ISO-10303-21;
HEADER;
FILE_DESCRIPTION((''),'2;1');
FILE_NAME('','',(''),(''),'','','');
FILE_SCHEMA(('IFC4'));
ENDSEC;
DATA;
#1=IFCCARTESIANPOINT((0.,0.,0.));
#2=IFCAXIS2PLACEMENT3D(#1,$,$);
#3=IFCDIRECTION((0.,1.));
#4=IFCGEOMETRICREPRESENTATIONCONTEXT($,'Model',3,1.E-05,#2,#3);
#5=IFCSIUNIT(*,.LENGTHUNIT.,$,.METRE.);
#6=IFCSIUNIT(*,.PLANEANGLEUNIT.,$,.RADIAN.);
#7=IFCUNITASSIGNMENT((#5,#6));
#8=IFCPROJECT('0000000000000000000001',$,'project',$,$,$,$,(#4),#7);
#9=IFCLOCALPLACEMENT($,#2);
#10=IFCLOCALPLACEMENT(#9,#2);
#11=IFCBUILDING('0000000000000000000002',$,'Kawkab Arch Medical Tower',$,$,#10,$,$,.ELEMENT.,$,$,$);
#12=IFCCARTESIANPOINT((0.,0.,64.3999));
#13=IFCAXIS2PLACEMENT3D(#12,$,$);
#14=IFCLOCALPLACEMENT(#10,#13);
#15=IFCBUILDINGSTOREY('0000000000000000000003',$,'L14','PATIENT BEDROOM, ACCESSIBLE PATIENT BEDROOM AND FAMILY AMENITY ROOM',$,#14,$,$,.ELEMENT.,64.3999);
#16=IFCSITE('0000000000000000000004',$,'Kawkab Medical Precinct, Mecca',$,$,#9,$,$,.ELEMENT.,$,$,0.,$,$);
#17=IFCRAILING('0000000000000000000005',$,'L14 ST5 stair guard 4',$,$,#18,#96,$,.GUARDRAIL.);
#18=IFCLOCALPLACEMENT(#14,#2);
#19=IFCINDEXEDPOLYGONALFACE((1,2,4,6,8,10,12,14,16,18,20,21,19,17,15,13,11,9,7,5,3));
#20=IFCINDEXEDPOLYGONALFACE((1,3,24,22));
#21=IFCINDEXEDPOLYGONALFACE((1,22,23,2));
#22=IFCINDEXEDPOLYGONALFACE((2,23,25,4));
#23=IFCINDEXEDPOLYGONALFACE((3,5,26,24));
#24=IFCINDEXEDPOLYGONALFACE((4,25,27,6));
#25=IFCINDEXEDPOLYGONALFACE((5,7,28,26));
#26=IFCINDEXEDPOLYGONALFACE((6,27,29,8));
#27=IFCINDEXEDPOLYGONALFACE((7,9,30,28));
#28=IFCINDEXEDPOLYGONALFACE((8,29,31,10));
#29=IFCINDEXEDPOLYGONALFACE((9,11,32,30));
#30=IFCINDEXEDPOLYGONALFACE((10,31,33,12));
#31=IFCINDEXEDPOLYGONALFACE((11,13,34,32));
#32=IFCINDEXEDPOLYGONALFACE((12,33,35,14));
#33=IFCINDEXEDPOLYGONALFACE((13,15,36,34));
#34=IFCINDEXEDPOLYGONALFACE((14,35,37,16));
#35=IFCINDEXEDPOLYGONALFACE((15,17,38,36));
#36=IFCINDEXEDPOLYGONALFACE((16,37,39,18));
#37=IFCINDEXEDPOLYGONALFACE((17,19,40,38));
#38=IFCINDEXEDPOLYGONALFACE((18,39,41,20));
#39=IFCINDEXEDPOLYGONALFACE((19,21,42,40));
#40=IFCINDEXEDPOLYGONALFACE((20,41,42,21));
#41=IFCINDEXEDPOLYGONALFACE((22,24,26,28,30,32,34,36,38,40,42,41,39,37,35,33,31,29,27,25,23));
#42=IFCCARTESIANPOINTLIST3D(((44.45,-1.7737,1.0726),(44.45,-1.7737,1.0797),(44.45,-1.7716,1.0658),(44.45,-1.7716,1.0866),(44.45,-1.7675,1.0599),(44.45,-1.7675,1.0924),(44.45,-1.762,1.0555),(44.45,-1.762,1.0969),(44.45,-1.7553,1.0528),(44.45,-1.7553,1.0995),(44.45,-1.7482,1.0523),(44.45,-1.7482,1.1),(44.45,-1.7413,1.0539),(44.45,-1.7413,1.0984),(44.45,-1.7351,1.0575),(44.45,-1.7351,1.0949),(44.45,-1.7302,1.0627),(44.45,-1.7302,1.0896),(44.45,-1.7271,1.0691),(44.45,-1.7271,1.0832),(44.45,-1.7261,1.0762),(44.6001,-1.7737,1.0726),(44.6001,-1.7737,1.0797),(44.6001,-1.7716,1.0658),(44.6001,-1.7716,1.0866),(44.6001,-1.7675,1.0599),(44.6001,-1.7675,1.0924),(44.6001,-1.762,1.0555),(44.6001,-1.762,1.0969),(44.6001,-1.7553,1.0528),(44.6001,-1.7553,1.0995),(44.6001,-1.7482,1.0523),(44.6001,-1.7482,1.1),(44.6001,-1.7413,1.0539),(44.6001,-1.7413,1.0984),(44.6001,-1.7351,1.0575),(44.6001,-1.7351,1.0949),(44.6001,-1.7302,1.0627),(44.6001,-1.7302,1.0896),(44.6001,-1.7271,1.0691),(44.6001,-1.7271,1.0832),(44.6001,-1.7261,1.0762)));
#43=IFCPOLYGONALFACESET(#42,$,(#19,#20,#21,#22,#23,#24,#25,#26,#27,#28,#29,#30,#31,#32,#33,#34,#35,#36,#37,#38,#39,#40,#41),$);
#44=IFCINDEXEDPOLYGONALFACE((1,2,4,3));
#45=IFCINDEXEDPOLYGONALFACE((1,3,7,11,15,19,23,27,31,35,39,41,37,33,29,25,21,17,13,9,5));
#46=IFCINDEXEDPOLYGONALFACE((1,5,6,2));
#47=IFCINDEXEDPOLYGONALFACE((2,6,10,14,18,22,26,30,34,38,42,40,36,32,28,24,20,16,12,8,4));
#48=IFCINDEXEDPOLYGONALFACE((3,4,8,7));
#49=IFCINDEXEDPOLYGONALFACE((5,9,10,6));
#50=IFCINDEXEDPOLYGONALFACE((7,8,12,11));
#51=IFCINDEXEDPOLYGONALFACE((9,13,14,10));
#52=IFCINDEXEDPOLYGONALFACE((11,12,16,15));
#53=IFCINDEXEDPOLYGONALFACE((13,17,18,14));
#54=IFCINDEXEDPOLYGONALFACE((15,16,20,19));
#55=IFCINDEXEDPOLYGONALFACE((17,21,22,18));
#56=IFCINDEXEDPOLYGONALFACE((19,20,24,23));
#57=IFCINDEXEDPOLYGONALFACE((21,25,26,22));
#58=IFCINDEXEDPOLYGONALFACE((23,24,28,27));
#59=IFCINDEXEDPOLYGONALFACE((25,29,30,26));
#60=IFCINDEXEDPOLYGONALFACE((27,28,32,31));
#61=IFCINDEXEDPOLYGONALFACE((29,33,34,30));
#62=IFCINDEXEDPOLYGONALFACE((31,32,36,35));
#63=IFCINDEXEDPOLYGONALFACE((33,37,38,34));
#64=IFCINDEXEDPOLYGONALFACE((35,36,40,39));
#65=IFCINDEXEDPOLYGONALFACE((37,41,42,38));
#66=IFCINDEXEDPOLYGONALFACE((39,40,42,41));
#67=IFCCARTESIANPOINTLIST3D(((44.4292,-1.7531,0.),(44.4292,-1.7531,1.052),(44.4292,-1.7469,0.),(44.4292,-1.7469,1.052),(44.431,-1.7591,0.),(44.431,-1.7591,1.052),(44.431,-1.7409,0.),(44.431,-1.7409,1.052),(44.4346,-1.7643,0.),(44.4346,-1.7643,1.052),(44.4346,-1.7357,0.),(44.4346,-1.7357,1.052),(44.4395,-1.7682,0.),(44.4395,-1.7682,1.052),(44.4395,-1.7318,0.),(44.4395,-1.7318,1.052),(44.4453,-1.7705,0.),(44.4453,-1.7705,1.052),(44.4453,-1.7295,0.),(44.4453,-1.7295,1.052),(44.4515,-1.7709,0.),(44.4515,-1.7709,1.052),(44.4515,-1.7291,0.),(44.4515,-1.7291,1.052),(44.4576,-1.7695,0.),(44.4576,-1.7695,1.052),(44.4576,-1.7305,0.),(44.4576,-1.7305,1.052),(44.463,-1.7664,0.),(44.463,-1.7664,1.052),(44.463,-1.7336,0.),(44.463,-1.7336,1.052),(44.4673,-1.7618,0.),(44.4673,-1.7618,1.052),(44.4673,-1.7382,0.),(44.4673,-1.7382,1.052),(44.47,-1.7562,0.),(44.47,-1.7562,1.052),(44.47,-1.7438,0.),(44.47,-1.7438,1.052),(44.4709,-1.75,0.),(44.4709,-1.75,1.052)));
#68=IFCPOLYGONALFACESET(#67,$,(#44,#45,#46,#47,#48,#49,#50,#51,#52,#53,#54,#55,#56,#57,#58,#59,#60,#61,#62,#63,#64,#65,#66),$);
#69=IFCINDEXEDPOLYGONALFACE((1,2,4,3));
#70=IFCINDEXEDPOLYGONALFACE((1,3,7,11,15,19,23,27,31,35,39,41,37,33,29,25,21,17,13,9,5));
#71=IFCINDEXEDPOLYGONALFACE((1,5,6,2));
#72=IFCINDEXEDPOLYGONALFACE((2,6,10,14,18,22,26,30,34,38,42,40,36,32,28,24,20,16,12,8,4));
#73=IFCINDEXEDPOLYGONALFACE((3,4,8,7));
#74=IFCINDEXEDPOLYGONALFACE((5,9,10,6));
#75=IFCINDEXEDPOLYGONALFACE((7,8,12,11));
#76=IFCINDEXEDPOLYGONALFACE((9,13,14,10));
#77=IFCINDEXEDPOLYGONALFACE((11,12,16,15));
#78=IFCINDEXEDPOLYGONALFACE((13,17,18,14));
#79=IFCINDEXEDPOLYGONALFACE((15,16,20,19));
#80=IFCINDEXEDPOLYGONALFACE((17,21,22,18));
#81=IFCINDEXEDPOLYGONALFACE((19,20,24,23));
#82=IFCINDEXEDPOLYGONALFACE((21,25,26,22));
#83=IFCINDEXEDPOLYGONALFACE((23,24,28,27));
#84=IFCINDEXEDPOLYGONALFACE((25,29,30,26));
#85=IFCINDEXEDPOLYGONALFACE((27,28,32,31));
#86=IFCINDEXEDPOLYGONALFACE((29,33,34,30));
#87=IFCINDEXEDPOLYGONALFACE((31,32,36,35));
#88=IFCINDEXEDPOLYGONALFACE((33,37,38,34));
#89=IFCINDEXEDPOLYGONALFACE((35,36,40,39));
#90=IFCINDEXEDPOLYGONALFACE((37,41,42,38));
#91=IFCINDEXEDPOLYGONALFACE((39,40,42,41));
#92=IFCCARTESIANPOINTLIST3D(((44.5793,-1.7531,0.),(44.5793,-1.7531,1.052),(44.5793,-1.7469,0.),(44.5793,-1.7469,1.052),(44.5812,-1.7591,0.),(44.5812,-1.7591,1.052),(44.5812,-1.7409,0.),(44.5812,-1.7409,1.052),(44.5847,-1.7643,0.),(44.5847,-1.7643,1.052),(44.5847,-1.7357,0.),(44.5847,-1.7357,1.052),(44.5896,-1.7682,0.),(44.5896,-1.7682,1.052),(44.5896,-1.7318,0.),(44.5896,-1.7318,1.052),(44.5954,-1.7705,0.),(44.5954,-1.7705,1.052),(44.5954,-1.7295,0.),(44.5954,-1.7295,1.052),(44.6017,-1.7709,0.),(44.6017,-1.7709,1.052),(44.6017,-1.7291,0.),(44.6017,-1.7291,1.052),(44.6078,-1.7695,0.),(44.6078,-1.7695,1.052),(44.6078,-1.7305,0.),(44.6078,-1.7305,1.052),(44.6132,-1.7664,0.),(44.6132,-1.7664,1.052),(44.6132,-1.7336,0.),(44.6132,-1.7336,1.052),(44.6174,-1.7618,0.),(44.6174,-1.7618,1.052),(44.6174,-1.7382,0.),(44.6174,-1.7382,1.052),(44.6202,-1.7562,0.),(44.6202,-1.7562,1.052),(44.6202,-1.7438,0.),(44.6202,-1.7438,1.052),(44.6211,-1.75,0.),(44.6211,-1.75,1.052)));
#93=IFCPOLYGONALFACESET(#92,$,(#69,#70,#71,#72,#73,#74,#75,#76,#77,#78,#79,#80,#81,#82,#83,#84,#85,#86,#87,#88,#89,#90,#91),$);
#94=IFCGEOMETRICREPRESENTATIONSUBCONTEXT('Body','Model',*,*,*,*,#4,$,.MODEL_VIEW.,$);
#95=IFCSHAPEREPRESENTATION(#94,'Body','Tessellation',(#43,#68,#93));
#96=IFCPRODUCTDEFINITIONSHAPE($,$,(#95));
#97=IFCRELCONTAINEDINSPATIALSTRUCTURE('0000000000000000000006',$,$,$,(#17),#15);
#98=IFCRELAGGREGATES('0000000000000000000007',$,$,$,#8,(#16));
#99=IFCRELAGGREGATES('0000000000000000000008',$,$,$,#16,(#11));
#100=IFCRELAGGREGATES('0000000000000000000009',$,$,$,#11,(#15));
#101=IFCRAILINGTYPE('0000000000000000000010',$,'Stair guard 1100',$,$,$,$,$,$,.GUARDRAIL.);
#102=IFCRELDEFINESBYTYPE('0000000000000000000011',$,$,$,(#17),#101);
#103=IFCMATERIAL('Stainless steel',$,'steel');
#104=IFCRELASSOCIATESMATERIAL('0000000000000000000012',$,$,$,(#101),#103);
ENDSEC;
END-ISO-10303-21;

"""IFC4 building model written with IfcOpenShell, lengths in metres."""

from ifc_helpers import new_model, si_unit, direction, frame, origin, origin_2d, place, context, subcontext, project, spatial, circle, extrude, material, type_object, element, save


model = new_model("IFC4")

# Units and contexts
model_context = context("Model", 3, precision=1e-05, world=origin(), true_north=direction((0.0, 1.0)))
body_context = subcontext(model_context, "Body", "Model", "MODEL_VIEW")
ifc_project = project(units=[si_unit("LENGTHUNIT", "METRE"), si_unit("PLANEANGLEUNIT", "RADIAN")], contexts=[model_context])

# Site, building, storey
site_placement = place(None, origin())
site = spatial("IfcSite", under=ifc_project, at=site_placement, Name="Kawkab Medical Precinct, Mecca", CompositionType="ELEMENT", RefElevation=0.0)
building_placement = place(site_placement, origin())
building = spatial("IfcBuilding", under=site, at=building_placement, Name="Kawkab Arch Medical Tower", CompositionType="ELEMENT")
storey_placement = place(building_placement, frame((0.0, 0.0, 64.3999)))
storey = spatial("IfcBuildingStorey", under=building, at=storey_placement, Name="L14", Description="PATIENT BEDROOM, ACCESSIBLE PATIENT BEDROOM AND FAMILY AMENITY ROOM", CompositionType="ELEMENT", Elevation=64.3999)

# Railing
ifc_material_1 = material(Name="Stainless steel", Category="steel")
railing_type_1 = type_object("IfcRailingType", Name="Stair guard 1100", PredefinedType="GUARDRAIL", material=ifc_material_1)
railing_1_placement = place(storey_placement, frame((44.45, -1.75, 0.0)))
element("IfcRailing", 1, at=railing_1_placement, inside=storey, type_object=railing_type_1, Name="L14 ST5 stair guard 4", PredefinedType="GUARDRAIL", context=body_context, shape_type="SweptSolid", body=[
    extrude(circle(Radius=0.0239, at=origin_2d()), frame((0.0, 0.0, 1.0762), z_axis=(1.0, 0.0, 0.0), x_axis=(0.0, 1.0, 0.0)), (0.0, 0.0, 1.0), 0.1501),
    extrude(circle(Radius=0.021, at=origin_2d()), origin(), (0.0, 0.0, 1.0), 1.052),
    extrude(circle(Radius=0.021, at=origin_2d()), frame((0.1501, 0.0, 0.0)), (0.0, 0.0, 1.0), 1.052),
])

save(model, "model.ifc")
